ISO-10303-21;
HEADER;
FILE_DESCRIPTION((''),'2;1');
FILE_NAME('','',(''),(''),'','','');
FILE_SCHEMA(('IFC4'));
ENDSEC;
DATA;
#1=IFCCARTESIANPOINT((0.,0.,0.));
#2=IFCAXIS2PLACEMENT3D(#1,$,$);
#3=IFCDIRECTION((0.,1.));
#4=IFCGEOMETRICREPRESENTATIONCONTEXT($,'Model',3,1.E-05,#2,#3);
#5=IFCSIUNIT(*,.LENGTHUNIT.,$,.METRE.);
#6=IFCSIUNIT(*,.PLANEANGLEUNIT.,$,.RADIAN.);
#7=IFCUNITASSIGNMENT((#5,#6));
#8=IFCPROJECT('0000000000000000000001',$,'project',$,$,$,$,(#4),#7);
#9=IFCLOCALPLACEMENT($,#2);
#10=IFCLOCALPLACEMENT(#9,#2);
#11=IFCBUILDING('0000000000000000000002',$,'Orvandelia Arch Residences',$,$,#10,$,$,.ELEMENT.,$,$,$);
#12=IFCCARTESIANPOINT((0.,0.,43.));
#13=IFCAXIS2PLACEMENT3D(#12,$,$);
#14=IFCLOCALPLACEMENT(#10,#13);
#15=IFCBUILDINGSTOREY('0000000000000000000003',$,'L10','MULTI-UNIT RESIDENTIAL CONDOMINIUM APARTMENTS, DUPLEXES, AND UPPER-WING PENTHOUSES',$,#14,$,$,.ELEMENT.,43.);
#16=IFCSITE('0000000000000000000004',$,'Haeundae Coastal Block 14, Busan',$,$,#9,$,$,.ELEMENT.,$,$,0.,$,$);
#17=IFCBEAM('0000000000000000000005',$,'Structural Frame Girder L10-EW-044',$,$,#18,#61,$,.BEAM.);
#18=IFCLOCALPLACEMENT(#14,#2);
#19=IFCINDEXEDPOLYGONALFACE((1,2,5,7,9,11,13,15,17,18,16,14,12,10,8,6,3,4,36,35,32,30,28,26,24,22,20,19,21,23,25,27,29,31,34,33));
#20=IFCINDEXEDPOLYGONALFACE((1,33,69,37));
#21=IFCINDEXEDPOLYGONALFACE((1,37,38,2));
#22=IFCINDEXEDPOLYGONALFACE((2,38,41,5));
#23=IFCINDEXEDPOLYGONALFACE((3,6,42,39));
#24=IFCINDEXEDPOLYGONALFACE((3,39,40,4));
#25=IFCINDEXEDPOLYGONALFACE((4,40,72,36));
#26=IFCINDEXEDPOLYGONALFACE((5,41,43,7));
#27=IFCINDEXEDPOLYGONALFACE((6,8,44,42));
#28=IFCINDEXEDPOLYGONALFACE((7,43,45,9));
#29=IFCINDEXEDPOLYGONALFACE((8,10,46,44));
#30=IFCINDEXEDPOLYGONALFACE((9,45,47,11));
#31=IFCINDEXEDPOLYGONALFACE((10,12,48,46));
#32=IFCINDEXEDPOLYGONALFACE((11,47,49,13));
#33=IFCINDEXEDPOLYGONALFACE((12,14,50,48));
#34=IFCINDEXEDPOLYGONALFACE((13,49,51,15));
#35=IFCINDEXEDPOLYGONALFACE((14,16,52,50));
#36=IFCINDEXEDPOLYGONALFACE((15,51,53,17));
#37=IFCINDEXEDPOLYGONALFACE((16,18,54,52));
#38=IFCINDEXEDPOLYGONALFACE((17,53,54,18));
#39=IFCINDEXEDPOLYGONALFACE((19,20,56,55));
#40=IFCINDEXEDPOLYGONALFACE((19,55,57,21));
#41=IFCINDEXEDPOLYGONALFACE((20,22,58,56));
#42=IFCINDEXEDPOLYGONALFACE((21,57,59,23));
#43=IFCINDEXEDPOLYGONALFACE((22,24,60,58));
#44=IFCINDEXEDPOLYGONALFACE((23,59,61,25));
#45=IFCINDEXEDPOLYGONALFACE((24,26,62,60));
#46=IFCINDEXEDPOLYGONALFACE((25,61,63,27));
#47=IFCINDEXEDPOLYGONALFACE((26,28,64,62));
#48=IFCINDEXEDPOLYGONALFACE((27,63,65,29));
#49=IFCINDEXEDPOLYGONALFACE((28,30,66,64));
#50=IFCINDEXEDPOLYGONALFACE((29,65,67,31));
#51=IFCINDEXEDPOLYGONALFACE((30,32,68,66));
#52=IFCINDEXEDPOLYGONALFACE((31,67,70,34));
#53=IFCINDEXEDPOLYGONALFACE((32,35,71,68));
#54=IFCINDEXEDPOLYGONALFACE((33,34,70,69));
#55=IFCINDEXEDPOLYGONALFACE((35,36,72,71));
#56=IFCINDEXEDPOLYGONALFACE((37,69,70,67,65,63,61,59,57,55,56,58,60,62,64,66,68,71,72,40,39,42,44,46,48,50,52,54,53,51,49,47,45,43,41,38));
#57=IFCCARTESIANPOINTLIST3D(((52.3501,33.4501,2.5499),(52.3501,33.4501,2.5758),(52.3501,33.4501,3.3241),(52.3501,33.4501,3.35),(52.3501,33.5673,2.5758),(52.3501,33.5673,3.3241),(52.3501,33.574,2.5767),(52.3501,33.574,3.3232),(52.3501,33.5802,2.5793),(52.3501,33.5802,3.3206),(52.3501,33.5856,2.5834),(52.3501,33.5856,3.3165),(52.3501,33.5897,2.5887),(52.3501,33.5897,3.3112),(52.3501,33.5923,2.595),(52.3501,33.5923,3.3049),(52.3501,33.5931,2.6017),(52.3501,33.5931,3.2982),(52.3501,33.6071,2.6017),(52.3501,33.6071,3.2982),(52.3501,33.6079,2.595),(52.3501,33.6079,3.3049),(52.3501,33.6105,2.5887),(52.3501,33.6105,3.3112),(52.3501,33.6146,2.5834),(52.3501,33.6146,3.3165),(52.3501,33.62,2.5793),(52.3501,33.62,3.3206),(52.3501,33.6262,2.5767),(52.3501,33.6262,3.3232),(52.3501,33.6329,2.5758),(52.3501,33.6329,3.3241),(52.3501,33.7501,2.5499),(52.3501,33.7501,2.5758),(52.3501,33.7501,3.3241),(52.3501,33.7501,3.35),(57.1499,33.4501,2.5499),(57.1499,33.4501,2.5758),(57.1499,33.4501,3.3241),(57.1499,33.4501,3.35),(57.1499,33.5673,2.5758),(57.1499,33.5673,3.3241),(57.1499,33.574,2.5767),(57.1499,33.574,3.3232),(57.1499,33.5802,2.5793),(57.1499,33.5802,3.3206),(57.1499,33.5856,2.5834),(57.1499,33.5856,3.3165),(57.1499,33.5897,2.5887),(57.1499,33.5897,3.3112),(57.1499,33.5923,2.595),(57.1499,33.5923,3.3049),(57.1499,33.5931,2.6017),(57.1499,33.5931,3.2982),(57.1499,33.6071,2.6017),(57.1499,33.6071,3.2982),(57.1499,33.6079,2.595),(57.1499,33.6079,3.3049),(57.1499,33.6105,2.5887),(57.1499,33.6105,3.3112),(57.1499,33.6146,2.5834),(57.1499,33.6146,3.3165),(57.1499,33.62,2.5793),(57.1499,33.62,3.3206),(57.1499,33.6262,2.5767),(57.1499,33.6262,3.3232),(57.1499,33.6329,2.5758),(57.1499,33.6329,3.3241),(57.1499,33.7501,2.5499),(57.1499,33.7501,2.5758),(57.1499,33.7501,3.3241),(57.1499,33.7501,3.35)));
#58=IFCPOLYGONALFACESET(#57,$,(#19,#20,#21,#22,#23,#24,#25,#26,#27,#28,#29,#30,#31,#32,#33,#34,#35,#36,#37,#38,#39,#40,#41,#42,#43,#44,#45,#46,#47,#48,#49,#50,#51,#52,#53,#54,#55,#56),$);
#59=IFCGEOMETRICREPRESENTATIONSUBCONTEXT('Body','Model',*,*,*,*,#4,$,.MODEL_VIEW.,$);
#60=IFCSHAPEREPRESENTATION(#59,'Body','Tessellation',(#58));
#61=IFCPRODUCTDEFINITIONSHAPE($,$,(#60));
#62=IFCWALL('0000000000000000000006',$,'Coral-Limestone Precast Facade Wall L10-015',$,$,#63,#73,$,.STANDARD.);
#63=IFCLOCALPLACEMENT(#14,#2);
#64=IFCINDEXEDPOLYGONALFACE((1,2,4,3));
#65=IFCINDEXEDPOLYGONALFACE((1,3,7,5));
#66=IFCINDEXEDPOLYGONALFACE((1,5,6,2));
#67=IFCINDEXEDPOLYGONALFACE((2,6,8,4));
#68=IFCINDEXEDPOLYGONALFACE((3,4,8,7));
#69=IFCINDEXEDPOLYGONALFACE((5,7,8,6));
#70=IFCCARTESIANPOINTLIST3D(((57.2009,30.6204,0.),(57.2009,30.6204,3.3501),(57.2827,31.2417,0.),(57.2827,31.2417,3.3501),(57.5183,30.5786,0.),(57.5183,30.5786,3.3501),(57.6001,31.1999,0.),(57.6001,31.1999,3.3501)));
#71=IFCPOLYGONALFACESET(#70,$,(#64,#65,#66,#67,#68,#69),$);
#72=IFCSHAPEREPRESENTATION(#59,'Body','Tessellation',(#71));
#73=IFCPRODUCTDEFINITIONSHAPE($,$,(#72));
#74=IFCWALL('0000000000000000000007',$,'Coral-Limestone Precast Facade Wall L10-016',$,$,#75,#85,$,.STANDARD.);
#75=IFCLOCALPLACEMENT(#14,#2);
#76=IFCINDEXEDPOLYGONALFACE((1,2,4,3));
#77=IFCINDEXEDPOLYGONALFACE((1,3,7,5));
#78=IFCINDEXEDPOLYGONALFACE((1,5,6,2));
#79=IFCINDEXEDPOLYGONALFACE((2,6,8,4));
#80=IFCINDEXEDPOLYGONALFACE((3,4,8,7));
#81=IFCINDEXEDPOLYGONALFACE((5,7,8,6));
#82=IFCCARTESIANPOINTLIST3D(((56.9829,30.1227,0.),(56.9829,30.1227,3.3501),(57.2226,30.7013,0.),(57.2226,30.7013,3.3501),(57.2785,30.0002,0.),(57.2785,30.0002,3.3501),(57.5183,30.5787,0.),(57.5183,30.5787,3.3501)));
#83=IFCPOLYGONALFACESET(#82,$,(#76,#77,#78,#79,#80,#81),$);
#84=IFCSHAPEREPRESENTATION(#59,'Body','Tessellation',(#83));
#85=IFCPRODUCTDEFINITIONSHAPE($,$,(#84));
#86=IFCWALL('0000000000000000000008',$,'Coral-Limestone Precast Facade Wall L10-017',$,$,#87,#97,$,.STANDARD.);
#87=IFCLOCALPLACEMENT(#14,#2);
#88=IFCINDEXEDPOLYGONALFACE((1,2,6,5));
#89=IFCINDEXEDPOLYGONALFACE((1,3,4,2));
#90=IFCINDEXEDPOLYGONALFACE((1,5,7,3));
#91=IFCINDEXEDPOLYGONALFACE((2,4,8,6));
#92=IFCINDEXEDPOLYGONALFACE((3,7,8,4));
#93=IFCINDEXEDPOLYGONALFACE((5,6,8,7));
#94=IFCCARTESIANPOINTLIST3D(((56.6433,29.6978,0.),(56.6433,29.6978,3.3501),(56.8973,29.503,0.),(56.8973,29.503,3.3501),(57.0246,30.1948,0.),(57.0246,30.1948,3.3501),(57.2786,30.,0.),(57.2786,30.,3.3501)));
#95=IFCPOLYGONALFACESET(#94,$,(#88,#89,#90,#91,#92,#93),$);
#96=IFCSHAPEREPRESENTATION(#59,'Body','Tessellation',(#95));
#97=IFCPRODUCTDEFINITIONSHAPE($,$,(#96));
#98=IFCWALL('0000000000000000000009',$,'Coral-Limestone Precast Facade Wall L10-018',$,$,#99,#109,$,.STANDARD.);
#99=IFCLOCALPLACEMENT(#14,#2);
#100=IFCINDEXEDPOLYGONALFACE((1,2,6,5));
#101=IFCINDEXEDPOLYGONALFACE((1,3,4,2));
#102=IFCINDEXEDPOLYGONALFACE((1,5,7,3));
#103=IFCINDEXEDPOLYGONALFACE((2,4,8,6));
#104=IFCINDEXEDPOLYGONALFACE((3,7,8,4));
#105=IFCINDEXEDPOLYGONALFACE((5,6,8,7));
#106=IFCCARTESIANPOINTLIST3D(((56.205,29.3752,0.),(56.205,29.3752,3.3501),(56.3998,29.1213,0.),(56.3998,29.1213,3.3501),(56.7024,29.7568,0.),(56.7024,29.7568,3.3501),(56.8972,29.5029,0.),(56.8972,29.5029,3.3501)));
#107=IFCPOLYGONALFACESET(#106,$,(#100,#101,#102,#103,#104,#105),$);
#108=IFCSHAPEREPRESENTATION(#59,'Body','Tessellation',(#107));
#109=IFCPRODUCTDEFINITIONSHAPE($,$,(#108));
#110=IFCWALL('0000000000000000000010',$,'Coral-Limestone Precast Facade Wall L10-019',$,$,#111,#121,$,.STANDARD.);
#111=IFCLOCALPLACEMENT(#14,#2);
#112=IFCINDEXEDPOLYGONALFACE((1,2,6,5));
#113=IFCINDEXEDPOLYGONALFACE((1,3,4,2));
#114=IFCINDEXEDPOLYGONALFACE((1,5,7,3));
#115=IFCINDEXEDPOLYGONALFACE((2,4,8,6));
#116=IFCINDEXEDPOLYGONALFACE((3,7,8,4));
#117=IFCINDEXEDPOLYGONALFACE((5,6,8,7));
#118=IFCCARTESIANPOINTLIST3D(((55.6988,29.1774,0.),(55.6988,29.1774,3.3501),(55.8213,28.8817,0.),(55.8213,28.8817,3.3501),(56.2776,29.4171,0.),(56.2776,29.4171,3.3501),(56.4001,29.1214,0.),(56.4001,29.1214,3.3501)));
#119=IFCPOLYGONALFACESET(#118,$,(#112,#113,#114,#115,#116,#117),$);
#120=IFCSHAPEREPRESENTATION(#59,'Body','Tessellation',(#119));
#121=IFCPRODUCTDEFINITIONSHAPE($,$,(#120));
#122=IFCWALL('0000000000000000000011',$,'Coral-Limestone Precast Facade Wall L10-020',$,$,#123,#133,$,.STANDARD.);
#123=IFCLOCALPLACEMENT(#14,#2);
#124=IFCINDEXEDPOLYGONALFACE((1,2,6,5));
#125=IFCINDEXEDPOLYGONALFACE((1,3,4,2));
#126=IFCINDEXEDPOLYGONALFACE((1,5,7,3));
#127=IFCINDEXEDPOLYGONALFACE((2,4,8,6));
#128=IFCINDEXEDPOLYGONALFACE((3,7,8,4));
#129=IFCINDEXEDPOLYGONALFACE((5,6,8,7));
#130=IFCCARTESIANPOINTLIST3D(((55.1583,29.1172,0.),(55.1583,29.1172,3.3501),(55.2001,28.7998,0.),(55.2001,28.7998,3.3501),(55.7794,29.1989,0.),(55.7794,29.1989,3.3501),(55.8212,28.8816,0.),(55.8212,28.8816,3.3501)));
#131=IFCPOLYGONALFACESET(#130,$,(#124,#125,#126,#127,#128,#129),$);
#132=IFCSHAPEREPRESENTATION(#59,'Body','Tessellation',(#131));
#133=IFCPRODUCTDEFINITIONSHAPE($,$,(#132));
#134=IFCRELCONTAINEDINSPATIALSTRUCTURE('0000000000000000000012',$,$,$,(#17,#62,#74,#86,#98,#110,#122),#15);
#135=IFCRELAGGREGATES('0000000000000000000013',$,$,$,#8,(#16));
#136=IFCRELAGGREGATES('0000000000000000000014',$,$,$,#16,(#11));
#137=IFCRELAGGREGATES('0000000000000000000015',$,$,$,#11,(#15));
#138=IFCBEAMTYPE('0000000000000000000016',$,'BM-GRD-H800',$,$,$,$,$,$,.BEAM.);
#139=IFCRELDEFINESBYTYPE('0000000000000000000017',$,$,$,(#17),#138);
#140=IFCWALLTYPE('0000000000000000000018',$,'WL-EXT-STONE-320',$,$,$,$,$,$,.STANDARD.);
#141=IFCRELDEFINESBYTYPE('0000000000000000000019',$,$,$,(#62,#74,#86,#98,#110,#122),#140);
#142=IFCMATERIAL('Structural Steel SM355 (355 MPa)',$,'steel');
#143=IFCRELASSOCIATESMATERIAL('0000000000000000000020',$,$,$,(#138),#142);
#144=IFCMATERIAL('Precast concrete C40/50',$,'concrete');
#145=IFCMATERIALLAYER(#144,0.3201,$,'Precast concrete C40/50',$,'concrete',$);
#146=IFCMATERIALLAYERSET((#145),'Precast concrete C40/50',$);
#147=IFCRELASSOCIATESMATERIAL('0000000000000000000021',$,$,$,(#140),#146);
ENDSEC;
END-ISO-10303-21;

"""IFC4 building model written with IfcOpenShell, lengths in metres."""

from ifc_helpers import new_model, si_unit, direction, frame, frame_2d, origin, origin_2d, place, context, subcontext, project, spatial, rectangle, i_section, extrude, material, layer, layer_set, material_profile, profile_set, type_object, element, save


model = new_model("IFC4")

# Units and contexts
model_context = context("Model", 3, precision=1e-05, world=origin(), true_north=direction((0.0, 1.0)))
body_context = subcontext(model_context, "Body", "Model", "MODEL_VIEW")
ifc_project = project(units=[si_unit("LENGTHUNIT", "METRE"), si_unit("PLANEANGLEUNIT", "RADIAN")], contexts=[model_context])

# Site, building, storey
site_placement = place(None, origin())
site = spatial("IfcSite", under=ifc_project, at=site_placement, Name="Haeundae Coastal Block 14, Busan", CompositionType="ELEMENT", RefElevation=0.0)
building_placement = place(site_placement, origin())
building = spatial("IfcBuilding", under=site, at=building_placement, Name="Orvandelia Arch Residences", CompositionType="ELEMENT")
storey_placement = place(building_placement, frame((0.0, 0.0, 43.0)))
storey = spatial("IfcBuildingStorey", under=building, at=storey_placement, Name="L10", Description="MULTI-UNIT RESIDENTIAL CONDOMINIUM APARTMENTS, DUPLEXES, AND UPPER-WING PENTHOUSES", CompositionType="ELEMENT", Elevation=43.0)

# Beam
ifc_material_1 = material(Name="Structural Steel SM355 (355 MPa)", Category="steel")
ifc_material_profile_1 = material_profile(ifc_material_1, i_section(OverallWidth=0.3, OverallDepth=0.8, WebThickness=0.0139, FlangeThickness=0.0259, FilletRadius=0.0259, at=origin_2d()), Name="Structural Steel SM355 (355 MPa)", Category="steel")
ifc_profile_set_1 = profile_set([ifc_material_profile_1], Name="Structural Steel SM355 (355 MPa)")
beam_type = type_object("IfcBeamType", Name="BM-GRD-H800", PredefinedType="BEAM", material=ifc_profile_set_1)
for number, where, z_axis, x_axis, name in (
    (1, (52.3501, 33.6001, 2.95), (1.0, 0.0, 0.0), (0.0, 1.0, 0.0), "Structural Frame Girder L10-EW-044"),
):
    element("IfcBeam", number, at=place(storey_placement, frame(where, z_axis=z_axis, x_axis=x_axis)), inside=storey, type_object=beam_type, Name=name, PredefinedType="BEAM", context=body_context, shape_type="SweptSolid", body=[
        extrude(i_section(OverallWidth=0.3, OverallDepth=0.8, WebThickness=0.0139, FlangeThickness=0.0259, FilletRadius=0.0259, at=origin_2d()), origin(), (0.0, 0.0, 1.0), 4.7998),
    ])

# Walls
ifc_material_2 = material(Name="Precast concrete C40/50", Category="concrete")
ifc_layer_1 = layer(ifc_material_2, 0.3201, Name="Precast concrete C40/50", Category="concrete")
ifc_layer_set_1 = layer_set([ifc_layer_1], Name="Precast concrete C40/50")
wall_type_1 = type_object("IfcWallType", Name="WL-EXT-STONE-320", PredefinedType="STANDARD", material=ifc_layer_set_1)
wall_1_placement = place(storey_placement, frame((57.4414, 31.2209, 0.0), z_axis=(0.0, 0.0, 1.0), x_axis=(-0.130505, -0.991448, 0.0)))
element("IfcWall", 2, at=wall_1_placement, inside=storey, type_object=wall_type_1, Name="Coral-Limestone Precast Facade Wall L10-015", PredefinedType="STANDARD", context=body_context, shape_type="SweptSolid", body=[
    extrude(rectangle(XDim=0.6267, YDim=0.3201, at=frame_2d((0.3135, 0.0))), origin(), (0.0, 0.0, 1.0), 3.3501),
])
wall_2_placement = place(storey_placement, frame((57.3704, 30.6399, 0.0), z_axis=(0.0, 0.0, 1.0), x_axis=(-0.382788, -0.923836, 0.0)))
element("IfcWall", 3, at=wall_2_placement, inside=storey, type_object=wall_type_1, Name="Coral-Limestone Precast Facade Wall L10-016", PredefinedType="STANDARD", context=body_context, shape_type="SweptSolid", body=[
    extrude(rectangle(XDim=0.6262, YDim=0.3201, at=frame_2d((0.313, 0.0))), origin(), (0.0, 0.0, 1.0), 3.3501),
])
wall_3_placement = place(storey_placement, frame((57.1516, 30.0974, 0.0), z_axis=(0.0, 0.0, 1.0), x_axis=(-0.608693, -0.793406, 0.0)))
element("IfcWall", 4, at=wall_3_placement, inside=storey, type_object=wall_type_1, Name="Coral-Limestone Precast Facade Wall L10-017", PredefinedType="STANDARD", context=body_context, shape_type="SweptSolid", body=[
    extrude(rectangle(XDim=0.6265, YDim=0.3201, at=frame_2d((0.3132, 0.0))), origin(), (0.0, 0.0, 1.0), 3.3501),
])
wall_4_placement = place(storey_placement, frame((56.7998, 29.6299, 0.0), z_axis=(0.0, 0.0, 1.0), x_axis=(-0.793362, -0.60875, 0.0)))
element("IfcWall", 5, at=wall_4_placement, inside=storey, type_object=wall_type_1, Name="Coral-Limestone Precast Facade Wall L10-018", PredefinedType="STANDARD", context=body_context, shape_type="SweptSolid", body=[
    extrude(rectangle(XDim=0.627, YDim=0.3201, at=frame_2d((0.3135, 0.0))), origin(), (0.0, 0.0, 1.0), 3.3501),
])
for number, where, z_axis, x_axis, name in (
    (6, (56.3389, 29.2693, 0.0), (0.0, 0.0, 1.0), (-0.923893, -0.38265, 0.0), "Coral-Limestone Precast Facade Wall L10-019"),
    (7, (55.8003, 29.0403, 0.0), (0.0, 0.0, 1.0), (-0.991441, -0.130555, 0.0), "Coral-Limestone Precast Facade Wall L10-020"),
):
    element("IfcWall", number, at=place(storey_placement, frame(where, z_axis=z_axis, x_axis=x_axis)), inside=storey, type_object=wall_type_1, Name=name, PredefinedType="STANDARD", context=body_context, shape_type="SweptSolid", body=[
        extrude(rectangle(XDim=0.6265, YDim=0.3201, at=frame_2d((0.3132, 0.0))), origin(), (0.0, 0.0, 1.0), 3.3501),
    ])

save(model, "model.ifc")
